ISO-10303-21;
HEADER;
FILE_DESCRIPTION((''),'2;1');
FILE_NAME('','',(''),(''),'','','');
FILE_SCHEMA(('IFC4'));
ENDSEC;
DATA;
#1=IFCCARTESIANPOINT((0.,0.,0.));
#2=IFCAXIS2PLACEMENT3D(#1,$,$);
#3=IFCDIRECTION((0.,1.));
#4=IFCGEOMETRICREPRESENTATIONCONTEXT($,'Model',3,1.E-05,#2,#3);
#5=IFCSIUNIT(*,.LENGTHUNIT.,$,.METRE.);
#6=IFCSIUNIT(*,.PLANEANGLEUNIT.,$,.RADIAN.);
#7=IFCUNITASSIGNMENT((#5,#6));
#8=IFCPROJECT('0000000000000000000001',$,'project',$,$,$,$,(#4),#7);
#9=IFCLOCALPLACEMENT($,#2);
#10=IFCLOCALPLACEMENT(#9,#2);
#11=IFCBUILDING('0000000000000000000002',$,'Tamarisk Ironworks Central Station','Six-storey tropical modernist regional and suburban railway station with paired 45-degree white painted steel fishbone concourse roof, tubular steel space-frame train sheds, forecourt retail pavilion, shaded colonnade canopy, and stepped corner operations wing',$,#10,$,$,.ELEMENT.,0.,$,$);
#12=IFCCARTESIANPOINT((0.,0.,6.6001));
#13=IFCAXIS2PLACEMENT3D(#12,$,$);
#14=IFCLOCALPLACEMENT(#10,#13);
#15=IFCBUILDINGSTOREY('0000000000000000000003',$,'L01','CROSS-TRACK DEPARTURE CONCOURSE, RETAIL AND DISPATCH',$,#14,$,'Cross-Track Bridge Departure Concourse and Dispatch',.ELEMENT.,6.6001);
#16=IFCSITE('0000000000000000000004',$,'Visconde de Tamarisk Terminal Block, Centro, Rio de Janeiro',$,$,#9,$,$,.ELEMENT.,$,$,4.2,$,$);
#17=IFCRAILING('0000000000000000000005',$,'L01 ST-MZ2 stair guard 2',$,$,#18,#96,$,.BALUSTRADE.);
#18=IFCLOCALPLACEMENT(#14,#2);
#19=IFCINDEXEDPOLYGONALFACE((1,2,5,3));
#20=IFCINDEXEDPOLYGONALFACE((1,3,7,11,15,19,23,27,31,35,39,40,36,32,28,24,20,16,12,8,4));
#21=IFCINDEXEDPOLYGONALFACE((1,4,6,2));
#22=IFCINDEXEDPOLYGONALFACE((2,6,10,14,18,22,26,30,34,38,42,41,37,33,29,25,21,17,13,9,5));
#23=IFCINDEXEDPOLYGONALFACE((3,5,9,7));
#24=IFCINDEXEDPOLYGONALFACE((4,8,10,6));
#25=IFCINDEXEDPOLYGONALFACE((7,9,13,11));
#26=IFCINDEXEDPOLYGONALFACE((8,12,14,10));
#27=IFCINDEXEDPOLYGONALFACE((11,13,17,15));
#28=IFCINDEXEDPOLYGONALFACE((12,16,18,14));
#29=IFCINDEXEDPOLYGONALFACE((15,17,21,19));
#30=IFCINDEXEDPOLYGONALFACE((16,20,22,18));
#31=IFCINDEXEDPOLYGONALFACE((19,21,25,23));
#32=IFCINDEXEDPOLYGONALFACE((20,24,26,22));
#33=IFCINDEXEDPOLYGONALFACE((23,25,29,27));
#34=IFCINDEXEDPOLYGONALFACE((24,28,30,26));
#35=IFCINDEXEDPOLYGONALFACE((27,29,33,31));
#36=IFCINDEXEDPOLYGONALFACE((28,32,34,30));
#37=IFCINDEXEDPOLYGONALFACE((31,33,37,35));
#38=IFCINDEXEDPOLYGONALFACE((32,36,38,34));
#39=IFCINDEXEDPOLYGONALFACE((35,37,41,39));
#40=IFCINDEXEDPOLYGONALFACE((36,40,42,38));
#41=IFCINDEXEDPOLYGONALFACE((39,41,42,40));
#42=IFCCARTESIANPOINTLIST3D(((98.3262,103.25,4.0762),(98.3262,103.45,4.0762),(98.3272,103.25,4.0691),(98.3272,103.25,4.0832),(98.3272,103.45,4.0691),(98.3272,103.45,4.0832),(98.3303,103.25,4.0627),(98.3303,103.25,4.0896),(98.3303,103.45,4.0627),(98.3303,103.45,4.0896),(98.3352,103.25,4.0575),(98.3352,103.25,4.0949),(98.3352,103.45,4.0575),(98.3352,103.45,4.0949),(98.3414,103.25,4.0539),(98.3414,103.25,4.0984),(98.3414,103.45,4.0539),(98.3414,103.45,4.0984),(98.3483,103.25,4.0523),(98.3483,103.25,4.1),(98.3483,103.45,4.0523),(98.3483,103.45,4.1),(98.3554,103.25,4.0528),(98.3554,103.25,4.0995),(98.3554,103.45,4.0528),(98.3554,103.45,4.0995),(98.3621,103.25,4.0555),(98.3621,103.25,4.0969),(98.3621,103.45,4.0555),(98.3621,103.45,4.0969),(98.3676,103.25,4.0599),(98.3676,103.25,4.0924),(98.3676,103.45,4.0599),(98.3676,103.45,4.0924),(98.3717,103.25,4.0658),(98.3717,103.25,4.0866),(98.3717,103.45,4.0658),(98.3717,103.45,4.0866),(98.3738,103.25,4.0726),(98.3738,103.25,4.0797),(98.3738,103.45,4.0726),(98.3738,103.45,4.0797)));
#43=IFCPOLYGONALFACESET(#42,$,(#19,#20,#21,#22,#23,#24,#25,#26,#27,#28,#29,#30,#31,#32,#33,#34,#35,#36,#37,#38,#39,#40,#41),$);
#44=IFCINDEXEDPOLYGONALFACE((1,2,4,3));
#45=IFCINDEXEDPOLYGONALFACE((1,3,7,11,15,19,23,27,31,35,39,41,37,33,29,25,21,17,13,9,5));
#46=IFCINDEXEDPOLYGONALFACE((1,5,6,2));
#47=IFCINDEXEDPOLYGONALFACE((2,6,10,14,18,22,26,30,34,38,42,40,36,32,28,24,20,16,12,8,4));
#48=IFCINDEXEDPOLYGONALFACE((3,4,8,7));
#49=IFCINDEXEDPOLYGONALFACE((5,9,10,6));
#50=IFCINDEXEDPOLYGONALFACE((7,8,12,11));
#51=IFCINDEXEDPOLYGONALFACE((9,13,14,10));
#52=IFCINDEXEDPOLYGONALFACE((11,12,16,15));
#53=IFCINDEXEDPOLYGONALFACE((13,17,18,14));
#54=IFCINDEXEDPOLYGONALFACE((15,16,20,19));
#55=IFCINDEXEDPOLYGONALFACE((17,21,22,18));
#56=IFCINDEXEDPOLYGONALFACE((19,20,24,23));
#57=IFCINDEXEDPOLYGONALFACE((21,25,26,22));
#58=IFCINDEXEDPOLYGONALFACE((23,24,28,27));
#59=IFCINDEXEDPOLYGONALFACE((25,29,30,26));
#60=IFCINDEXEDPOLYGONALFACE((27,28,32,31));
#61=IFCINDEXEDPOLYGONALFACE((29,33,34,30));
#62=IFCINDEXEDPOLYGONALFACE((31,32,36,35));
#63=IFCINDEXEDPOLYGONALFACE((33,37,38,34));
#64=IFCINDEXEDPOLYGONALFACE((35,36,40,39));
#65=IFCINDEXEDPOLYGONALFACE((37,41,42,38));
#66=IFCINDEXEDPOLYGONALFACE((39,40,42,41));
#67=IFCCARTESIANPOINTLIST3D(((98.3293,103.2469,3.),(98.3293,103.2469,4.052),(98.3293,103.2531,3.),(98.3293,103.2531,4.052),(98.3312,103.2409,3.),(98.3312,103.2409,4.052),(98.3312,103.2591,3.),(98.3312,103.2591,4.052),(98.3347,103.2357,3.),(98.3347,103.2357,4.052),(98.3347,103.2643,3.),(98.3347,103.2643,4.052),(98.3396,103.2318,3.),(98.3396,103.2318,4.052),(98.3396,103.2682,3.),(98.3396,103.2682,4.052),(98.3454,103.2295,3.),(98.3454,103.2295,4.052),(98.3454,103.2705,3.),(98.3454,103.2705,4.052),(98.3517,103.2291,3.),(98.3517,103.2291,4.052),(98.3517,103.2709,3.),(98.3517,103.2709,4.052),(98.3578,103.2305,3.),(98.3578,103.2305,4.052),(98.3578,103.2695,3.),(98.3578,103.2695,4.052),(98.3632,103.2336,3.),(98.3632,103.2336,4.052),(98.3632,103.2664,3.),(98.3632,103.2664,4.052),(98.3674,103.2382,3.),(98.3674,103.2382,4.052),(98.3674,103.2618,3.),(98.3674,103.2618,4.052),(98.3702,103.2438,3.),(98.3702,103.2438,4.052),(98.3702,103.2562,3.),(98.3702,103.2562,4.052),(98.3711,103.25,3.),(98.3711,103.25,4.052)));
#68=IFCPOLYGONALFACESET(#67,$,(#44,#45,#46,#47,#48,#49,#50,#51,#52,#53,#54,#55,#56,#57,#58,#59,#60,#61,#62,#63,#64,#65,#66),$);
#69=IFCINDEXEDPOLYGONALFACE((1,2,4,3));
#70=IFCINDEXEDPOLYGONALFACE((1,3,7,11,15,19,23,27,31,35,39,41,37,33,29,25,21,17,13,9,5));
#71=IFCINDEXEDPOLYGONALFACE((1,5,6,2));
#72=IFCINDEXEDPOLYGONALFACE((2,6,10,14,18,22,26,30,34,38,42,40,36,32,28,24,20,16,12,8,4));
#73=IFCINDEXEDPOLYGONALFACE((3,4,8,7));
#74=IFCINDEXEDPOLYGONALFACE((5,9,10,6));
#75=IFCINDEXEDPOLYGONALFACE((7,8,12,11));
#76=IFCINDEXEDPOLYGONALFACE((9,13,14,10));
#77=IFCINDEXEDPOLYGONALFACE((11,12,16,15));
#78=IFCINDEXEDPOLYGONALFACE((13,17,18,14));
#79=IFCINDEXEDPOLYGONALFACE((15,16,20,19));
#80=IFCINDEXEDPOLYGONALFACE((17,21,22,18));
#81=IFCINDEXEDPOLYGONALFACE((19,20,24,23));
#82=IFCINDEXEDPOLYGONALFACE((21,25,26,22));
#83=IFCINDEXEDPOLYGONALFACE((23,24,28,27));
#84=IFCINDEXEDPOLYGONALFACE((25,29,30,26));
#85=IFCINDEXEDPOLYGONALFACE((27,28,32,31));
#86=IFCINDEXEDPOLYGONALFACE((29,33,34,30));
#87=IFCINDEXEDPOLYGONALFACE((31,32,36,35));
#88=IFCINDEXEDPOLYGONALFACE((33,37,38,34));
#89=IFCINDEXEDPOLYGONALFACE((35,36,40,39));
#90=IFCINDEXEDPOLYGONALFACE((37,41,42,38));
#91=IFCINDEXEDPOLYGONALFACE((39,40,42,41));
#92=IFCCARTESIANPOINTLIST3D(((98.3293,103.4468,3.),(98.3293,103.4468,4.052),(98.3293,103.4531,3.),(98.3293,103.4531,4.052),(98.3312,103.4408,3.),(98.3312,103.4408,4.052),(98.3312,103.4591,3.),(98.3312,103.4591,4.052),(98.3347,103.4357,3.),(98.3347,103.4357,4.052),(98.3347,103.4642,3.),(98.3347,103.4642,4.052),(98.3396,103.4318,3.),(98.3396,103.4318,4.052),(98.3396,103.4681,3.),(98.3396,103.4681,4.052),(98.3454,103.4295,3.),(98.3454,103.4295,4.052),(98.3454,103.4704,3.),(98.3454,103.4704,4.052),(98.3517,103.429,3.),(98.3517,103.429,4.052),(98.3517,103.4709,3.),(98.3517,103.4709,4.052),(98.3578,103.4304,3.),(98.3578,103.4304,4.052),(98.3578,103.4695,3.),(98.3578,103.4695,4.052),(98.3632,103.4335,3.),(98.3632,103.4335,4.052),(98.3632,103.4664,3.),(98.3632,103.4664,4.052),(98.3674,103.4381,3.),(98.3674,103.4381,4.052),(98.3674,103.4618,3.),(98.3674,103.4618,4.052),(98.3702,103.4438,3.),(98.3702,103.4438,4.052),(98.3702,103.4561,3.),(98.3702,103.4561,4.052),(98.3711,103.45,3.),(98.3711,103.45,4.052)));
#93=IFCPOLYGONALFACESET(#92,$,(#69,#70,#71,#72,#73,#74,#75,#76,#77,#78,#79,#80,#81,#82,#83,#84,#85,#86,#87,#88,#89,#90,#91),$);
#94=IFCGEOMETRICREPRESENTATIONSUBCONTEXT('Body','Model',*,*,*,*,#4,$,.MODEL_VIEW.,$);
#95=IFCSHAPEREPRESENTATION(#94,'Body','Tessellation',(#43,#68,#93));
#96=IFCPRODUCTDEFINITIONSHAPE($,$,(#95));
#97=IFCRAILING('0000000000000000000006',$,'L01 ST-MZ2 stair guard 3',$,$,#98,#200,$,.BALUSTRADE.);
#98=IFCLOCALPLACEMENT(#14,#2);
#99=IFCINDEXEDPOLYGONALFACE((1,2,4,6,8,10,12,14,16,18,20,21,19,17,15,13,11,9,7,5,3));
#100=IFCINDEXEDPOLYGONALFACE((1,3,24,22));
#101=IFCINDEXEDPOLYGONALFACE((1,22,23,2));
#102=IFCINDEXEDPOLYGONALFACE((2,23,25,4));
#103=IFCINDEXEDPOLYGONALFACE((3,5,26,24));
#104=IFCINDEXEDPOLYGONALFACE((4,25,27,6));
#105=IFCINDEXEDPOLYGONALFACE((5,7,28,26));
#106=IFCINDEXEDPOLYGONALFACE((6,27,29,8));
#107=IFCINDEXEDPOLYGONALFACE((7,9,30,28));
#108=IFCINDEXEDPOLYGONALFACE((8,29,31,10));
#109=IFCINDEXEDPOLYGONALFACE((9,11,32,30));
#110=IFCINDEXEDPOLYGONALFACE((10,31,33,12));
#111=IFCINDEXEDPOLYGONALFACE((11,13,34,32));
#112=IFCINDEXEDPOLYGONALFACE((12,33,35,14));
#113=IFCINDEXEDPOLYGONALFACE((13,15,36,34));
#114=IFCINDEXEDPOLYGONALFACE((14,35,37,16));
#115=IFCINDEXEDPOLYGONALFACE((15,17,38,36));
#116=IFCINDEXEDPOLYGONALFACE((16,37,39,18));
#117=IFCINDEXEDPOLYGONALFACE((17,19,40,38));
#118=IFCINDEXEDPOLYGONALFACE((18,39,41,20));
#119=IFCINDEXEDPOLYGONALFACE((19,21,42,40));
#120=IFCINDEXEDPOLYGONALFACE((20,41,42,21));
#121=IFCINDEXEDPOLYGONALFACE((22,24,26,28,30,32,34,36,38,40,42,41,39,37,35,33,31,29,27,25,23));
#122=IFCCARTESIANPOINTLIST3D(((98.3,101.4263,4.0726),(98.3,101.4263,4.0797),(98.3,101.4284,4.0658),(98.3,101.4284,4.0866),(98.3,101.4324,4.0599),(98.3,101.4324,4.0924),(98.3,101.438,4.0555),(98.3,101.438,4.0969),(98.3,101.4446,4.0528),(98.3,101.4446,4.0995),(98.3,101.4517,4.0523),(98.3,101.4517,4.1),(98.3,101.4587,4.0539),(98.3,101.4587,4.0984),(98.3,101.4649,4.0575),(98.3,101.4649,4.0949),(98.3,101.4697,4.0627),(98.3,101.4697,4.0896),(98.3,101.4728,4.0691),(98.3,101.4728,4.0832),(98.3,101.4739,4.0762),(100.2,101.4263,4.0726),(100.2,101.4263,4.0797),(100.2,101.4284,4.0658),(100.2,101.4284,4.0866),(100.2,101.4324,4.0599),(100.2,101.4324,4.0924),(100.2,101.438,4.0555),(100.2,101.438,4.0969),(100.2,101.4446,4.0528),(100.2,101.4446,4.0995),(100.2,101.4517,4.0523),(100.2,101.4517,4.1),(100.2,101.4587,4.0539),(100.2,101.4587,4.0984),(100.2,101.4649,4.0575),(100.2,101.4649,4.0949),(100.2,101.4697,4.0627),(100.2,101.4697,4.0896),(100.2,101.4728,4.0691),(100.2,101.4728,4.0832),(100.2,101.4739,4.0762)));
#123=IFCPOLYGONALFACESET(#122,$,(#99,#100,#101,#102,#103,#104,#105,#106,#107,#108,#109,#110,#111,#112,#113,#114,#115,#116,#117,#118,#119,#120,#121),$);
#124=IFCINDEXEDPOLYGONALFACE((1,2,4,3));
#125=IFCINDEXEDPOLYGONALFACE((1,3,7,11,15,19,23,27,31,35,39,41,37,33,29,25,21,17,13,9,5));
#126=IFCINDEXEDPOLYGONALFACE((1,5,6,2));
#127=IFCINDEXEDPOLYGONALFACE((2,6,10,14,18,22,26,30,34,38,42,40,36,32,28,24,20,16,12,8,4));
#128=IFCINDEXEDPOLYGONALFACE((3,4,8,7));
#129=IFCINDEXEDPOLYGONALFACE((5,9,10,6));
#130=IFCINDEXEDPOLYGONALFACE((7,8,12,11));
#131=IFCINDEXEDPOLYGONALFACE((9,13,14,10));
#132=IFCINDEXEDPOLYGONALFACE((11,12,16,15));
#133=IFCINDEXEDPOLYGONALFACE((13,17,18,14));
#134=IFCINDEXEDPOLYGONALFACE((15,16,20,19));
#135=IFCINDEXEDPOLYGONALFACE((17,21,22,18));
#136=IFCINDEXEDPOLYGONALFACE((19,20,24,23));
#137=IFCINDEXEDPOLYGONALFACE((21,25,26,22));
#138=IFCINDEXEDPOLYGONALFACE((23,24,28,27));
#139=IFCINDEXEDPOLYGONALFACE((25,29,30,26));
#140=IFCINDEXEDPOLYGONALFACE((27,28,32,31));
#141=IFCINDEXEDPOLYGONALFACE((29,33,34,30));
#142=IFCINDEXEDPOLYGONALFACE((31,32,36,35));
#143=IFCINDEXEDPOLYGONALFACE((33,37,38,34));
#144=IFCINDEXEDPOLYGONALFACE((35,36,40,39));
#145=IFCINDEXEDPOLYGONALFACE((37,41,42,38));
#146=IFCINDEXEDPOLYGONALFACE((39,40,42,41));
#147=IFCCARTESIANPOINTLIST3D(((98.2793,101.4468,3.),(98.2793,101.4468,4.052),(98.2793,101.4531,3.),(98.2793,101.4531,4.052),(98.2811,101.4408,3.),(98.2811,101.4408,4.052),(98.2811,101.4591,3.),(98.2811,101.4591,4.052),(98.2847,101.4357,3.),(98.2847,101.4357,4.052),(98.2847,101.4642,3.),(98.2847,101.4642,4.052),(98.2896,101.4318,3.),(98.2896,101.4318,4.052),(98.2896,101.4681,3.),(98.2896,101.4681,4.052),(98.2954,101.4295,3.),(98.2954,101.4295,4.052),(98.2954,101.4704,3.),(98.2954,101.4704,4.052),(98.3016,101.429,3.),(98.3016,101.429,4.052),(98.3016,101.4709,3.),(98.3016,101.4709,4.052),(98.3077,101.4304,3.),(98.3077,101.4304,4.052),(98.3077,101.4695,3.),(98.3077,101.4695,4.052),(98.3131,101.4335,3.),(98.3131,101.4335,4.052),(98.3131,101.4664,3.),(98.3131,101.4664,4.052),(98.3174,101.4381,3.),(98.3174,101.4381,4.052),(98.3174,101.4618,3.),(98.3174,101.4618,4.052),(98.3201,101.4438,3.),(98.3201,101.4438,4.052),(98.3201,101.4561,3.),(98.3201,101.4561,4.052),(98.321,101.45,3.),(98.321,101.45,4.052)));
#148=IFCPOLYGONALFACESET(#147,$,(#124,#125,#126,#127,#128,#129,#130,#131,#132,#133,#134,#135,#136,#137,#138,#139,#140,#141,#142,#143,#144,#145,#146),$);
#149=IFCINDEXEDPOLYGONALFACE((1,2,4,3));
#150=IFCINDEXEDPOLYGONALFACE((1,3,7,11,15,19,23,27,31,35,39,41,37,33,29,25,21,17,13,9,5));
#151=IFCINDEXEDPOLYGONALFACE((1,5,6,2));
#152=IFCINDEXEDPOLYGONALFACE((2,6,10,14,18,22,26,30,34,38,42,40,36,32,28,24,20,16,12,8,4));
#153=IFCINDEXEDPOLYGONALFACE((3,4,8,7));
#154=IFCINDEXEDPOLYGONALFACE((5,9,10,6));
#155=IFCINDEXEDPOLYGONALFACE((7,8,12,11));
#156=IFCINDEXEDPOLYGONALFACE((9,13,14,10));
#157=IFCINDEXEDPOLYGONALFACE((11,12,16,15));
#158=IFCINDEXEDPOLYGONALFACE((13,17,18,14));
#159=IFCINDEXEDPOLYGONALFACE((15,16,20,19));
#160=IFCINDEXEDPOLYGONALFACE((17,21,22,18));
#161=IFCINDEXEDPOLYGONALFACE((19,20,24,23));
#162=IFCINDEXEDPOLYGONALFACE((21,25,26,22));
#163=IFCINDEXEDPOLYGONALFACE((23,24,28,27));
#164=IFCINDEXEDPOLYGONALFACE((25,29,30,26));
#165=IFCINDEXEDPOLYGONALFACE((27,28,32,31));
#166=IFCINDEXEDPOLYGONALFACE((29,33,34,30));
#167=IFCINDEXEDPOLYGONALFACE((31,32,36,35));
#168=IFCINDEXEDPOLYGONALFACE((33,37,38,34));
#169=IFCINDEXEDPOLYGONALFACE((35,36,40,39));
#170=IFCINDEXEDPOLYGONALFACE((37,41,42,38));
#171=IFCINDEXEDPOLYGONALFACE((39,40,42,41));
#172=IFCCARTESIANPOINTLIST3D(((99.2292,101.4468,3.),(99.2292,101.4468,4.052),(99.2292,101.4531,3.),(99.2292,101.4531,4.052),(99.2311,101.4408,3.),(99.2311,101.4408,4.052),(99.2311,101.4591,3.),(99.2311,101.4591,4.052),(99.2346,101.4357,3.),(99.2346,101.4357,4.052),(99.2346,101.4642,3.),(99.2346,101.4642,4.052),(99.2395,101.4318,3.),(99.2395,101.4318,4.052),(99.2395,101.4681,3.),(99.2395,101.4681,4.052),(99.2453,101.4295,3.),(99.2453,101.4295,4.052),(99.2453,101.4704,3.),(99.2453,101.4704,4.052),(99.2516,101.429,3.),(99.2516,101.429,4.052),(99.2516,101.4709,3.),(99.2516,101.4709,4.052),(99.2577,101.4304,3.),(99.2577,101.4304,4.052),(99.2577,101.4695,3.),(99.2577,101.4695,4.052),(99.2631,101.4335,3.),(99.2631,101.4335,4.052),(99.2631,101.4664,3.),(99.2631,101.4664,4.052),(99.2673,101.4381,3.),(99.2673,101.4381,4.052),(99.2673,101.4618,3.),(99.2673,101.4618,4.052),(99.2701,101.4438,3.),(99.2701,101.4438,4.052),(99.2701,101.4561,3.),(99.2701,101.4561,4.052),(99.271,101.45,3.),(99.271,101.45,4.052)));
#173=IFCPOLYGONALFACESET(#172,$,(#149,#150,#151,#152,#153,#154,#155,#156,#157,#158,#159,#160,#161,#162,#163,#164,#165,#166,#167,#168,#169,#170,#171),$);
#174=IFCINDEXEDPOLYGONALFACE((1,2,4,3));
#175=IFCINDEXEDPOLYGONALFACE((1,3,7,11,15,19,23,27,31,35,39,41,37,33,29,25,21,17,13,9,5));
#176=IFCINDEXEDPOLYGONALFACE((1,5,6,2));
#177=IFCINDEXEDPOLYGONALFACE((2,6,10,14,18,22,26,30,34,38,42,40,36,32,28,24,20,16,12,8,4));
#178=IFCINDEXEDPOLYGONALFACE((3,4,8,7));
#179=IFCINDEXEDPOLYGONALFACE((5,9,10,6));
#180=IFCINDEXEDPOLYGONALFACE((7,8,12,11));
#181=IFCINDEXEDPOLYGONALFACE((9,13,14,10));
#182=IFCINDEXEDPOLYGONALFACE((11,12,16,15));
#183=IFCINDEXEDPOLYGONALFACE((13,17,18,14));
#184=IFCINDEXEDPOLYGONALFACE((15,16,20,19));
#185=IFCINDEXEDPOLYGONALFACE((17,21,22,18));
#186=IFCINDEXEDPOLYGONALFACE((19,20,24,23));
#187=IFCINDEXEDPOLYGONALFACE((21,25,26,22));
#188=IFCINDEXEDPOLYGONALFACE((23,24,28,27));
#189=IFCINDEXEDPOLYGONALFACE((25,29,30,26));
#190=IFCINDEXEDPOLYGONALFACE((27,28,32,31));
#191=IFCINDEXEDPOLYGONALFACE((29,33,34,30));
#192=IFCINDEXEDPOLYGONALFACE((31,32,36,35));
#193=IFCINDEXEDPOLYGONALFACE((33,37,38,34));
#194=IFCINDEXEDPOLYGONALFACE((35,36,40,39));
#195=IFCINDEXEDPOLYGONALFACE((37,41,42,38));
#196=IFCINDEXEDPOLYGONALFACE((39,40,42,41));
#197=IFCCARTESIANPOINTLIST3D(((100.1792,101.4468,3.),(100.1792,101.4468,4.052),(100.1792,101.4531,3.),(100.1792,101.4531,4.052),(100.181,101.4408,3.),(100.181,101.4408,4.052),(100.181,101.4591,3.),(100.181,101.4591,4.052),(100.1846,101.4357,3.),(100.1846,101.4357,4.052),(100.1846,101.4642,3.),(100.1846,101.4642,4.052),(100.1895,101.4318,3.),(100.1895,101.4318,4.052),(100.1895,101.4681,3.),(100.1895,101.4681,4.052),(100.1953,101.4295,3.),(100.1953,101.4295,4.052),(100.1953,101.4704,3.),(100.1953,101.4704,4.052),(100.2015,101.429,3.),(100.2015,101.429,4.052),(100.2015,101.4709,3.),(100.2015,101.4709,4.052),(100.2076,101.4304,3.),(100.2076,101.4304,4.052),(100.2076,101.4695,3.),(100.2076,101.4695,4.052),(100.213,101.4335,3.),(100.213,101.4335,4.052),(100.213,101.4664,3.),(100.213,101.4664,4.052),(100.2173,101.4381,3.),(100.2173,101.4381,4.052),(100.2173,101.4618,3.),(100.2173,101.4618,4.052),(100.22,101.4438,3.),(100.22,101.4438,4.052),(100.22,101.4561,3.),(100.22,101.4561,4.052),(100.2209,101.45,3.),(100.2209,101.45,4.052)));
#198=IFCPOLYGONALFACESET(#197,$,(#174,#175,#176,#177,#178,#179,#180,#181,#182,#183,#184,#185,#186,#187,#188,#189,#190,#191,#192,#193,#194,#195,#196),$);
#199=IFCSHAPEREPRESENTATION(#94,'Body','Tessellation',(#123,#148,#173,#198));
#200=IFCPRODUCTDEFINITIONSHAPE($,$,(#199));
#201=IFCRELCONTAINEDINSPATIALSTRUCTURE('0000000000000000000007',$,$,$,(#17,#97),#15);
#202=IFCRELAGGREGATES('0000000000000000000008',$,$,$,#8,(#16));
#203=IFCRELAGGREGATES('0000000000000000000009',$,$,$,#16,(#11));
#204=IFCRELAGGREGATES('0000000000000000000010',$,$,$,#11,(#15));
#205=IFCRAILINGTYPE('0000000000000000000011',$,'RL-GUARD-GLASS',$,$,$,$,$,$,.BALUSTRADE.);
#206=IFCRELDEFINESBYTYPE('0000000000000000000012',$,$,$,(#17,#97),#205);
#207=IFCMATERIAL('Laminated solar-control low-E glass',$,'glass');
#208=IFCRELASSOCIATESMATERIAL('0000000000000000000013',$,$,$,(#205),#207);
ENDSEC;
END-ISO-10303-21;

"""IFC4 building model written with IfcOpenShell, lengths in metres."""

from ifc_helpers import new_model, si_unit, direction, frame, origin, origin_2d, place, context, subcontext, project, spatial, circle, extrude, material, type_object, element, save


model = new_model("IFC4")

# Units and contexts
model_context = context("Model", 3, precision=1e-05, world=origin(), true_north=direction((0.0, 1.0)))
body_context = subcontext(model_context, "Body", "Model", "MODEL_VIEW")
ifc_project = project(units=[si_unit("LENGTHUNIT", "METRE"), si_unit("PLANEANGLEUNIT", "RADIAN")], contexts=[model_context])

# Site, building, storey
site_placement = place(None, origin())
site = spatial("IfcSite", under=ifc_project, at=site_placement, Name="Visconde de Tamarisk Terminal Block, Centro, Rio de Janeiro", CompositionType="ELEMENT", RefElevation=4.2)
building_placement = place(site_placement, origin())
building = spatial("IfcBuilding", under=site, at=building_placement, Name="Tamarisk Ironworks Central Station", Description="Six-storey tropical modernist regional and suburban railway station with paired 45-degree white painted steel fishbone concourse roof, tubular steel space-frame train sheds, forecourt retail pavilion, shaded colonnade canopy, and stepped corner operations wing", CompositionType="ELEMENT", ElevationOfRefHeight=0.0)
storey_placement = place(building_placement, frame((0.0, 0.0, 6.6001)))
storey = spatial("IfcBuildingStorey", under=building, at=storey_placement, Name="L01", Description="CROSS-TRACK DEPARTURE CONCOURSE, RETAIL AND DISPATCH", LongName="Cross-Track Bridge Departure Concourse and Dispatch", CompositionType="ELEMENT", Elevation=6.6001)

# Shared definitions
ifc_material_1 = material(Name="Laminated solar-control low-E glass", Category="glass")

# Railings
railing_type = type_object("IfcRailingType", Name="RL-GUARD-GLASS", PredefinedType="BALUSTRADE", material=ifc_material_1)
railing_1_placement = place(storey_placement, frame((98.3501, 103.25, 3.0)))
element("IfcRailing", 1, at=railing_1_placement, inside=storey, type_object=railing_type, Name="L01 ST-MZ2 stair guard 2", PredefinedType="BALUSTRADE", context=body_context, shape_type="SweptSolid", body=[
    extrude(circle(Radius=0.0239, at=origin_2d()), frame((0.0, 0.0, 1.0762), z_axis=(0.0, 1.0, 0.0), x_axis=(-1.0, 0.0, 0.0)), (0.0, 0.0, 1.0), 0.2),
    extrude(circle(Radius=0.021, at=origin_2d()), origin(), (0.0, 0.0, 1.0), 1.052),
    extrude(circle(Radius=0.021, at=origin_2d()), frame((0.0, 0.2, 0.0)), (0.0, 0.0, 1.0), 1.052),
])
railing_2_placement = place(storey_placement, frame((98.3, 101.45, 3.0)))
element("IfcRailing", 2, at=railing_2_placement, inside=storey, type_object=railing_type, Name="L01 ST-MZ2 stair guard 3", PredefinedType="BALUSTRADE", context=body_context, shape_type="SweptSolid", body=[
    extrude(circle(Radius=0.0239, at=origin_2d()), frame((0.0, 0.0, 1.0762), z_axis=(1.0, 0.0, 0.0), x_axis=(0.0, 1.0, 0.0)), (0.0, 0.0, 1.0), 1.8999),
    extrude(circle(Radius=0.021, at=origin_2d()), origin(), (0.0, 0.0, 1.0), 1.052),
    extrude(circle(Radius=0.021, at=origin_2d()), frame((0.95, 0.0, 0.0)), (0.0, 0.0, 1.0), 1.052),
    extrude(circle(Radius=0.021, at=origin_2d()), frame((1.8999, 0.0, 0.0)), (0.0, 0.0, 1.0), 1.052),
])

save(model, "model.ifc")
